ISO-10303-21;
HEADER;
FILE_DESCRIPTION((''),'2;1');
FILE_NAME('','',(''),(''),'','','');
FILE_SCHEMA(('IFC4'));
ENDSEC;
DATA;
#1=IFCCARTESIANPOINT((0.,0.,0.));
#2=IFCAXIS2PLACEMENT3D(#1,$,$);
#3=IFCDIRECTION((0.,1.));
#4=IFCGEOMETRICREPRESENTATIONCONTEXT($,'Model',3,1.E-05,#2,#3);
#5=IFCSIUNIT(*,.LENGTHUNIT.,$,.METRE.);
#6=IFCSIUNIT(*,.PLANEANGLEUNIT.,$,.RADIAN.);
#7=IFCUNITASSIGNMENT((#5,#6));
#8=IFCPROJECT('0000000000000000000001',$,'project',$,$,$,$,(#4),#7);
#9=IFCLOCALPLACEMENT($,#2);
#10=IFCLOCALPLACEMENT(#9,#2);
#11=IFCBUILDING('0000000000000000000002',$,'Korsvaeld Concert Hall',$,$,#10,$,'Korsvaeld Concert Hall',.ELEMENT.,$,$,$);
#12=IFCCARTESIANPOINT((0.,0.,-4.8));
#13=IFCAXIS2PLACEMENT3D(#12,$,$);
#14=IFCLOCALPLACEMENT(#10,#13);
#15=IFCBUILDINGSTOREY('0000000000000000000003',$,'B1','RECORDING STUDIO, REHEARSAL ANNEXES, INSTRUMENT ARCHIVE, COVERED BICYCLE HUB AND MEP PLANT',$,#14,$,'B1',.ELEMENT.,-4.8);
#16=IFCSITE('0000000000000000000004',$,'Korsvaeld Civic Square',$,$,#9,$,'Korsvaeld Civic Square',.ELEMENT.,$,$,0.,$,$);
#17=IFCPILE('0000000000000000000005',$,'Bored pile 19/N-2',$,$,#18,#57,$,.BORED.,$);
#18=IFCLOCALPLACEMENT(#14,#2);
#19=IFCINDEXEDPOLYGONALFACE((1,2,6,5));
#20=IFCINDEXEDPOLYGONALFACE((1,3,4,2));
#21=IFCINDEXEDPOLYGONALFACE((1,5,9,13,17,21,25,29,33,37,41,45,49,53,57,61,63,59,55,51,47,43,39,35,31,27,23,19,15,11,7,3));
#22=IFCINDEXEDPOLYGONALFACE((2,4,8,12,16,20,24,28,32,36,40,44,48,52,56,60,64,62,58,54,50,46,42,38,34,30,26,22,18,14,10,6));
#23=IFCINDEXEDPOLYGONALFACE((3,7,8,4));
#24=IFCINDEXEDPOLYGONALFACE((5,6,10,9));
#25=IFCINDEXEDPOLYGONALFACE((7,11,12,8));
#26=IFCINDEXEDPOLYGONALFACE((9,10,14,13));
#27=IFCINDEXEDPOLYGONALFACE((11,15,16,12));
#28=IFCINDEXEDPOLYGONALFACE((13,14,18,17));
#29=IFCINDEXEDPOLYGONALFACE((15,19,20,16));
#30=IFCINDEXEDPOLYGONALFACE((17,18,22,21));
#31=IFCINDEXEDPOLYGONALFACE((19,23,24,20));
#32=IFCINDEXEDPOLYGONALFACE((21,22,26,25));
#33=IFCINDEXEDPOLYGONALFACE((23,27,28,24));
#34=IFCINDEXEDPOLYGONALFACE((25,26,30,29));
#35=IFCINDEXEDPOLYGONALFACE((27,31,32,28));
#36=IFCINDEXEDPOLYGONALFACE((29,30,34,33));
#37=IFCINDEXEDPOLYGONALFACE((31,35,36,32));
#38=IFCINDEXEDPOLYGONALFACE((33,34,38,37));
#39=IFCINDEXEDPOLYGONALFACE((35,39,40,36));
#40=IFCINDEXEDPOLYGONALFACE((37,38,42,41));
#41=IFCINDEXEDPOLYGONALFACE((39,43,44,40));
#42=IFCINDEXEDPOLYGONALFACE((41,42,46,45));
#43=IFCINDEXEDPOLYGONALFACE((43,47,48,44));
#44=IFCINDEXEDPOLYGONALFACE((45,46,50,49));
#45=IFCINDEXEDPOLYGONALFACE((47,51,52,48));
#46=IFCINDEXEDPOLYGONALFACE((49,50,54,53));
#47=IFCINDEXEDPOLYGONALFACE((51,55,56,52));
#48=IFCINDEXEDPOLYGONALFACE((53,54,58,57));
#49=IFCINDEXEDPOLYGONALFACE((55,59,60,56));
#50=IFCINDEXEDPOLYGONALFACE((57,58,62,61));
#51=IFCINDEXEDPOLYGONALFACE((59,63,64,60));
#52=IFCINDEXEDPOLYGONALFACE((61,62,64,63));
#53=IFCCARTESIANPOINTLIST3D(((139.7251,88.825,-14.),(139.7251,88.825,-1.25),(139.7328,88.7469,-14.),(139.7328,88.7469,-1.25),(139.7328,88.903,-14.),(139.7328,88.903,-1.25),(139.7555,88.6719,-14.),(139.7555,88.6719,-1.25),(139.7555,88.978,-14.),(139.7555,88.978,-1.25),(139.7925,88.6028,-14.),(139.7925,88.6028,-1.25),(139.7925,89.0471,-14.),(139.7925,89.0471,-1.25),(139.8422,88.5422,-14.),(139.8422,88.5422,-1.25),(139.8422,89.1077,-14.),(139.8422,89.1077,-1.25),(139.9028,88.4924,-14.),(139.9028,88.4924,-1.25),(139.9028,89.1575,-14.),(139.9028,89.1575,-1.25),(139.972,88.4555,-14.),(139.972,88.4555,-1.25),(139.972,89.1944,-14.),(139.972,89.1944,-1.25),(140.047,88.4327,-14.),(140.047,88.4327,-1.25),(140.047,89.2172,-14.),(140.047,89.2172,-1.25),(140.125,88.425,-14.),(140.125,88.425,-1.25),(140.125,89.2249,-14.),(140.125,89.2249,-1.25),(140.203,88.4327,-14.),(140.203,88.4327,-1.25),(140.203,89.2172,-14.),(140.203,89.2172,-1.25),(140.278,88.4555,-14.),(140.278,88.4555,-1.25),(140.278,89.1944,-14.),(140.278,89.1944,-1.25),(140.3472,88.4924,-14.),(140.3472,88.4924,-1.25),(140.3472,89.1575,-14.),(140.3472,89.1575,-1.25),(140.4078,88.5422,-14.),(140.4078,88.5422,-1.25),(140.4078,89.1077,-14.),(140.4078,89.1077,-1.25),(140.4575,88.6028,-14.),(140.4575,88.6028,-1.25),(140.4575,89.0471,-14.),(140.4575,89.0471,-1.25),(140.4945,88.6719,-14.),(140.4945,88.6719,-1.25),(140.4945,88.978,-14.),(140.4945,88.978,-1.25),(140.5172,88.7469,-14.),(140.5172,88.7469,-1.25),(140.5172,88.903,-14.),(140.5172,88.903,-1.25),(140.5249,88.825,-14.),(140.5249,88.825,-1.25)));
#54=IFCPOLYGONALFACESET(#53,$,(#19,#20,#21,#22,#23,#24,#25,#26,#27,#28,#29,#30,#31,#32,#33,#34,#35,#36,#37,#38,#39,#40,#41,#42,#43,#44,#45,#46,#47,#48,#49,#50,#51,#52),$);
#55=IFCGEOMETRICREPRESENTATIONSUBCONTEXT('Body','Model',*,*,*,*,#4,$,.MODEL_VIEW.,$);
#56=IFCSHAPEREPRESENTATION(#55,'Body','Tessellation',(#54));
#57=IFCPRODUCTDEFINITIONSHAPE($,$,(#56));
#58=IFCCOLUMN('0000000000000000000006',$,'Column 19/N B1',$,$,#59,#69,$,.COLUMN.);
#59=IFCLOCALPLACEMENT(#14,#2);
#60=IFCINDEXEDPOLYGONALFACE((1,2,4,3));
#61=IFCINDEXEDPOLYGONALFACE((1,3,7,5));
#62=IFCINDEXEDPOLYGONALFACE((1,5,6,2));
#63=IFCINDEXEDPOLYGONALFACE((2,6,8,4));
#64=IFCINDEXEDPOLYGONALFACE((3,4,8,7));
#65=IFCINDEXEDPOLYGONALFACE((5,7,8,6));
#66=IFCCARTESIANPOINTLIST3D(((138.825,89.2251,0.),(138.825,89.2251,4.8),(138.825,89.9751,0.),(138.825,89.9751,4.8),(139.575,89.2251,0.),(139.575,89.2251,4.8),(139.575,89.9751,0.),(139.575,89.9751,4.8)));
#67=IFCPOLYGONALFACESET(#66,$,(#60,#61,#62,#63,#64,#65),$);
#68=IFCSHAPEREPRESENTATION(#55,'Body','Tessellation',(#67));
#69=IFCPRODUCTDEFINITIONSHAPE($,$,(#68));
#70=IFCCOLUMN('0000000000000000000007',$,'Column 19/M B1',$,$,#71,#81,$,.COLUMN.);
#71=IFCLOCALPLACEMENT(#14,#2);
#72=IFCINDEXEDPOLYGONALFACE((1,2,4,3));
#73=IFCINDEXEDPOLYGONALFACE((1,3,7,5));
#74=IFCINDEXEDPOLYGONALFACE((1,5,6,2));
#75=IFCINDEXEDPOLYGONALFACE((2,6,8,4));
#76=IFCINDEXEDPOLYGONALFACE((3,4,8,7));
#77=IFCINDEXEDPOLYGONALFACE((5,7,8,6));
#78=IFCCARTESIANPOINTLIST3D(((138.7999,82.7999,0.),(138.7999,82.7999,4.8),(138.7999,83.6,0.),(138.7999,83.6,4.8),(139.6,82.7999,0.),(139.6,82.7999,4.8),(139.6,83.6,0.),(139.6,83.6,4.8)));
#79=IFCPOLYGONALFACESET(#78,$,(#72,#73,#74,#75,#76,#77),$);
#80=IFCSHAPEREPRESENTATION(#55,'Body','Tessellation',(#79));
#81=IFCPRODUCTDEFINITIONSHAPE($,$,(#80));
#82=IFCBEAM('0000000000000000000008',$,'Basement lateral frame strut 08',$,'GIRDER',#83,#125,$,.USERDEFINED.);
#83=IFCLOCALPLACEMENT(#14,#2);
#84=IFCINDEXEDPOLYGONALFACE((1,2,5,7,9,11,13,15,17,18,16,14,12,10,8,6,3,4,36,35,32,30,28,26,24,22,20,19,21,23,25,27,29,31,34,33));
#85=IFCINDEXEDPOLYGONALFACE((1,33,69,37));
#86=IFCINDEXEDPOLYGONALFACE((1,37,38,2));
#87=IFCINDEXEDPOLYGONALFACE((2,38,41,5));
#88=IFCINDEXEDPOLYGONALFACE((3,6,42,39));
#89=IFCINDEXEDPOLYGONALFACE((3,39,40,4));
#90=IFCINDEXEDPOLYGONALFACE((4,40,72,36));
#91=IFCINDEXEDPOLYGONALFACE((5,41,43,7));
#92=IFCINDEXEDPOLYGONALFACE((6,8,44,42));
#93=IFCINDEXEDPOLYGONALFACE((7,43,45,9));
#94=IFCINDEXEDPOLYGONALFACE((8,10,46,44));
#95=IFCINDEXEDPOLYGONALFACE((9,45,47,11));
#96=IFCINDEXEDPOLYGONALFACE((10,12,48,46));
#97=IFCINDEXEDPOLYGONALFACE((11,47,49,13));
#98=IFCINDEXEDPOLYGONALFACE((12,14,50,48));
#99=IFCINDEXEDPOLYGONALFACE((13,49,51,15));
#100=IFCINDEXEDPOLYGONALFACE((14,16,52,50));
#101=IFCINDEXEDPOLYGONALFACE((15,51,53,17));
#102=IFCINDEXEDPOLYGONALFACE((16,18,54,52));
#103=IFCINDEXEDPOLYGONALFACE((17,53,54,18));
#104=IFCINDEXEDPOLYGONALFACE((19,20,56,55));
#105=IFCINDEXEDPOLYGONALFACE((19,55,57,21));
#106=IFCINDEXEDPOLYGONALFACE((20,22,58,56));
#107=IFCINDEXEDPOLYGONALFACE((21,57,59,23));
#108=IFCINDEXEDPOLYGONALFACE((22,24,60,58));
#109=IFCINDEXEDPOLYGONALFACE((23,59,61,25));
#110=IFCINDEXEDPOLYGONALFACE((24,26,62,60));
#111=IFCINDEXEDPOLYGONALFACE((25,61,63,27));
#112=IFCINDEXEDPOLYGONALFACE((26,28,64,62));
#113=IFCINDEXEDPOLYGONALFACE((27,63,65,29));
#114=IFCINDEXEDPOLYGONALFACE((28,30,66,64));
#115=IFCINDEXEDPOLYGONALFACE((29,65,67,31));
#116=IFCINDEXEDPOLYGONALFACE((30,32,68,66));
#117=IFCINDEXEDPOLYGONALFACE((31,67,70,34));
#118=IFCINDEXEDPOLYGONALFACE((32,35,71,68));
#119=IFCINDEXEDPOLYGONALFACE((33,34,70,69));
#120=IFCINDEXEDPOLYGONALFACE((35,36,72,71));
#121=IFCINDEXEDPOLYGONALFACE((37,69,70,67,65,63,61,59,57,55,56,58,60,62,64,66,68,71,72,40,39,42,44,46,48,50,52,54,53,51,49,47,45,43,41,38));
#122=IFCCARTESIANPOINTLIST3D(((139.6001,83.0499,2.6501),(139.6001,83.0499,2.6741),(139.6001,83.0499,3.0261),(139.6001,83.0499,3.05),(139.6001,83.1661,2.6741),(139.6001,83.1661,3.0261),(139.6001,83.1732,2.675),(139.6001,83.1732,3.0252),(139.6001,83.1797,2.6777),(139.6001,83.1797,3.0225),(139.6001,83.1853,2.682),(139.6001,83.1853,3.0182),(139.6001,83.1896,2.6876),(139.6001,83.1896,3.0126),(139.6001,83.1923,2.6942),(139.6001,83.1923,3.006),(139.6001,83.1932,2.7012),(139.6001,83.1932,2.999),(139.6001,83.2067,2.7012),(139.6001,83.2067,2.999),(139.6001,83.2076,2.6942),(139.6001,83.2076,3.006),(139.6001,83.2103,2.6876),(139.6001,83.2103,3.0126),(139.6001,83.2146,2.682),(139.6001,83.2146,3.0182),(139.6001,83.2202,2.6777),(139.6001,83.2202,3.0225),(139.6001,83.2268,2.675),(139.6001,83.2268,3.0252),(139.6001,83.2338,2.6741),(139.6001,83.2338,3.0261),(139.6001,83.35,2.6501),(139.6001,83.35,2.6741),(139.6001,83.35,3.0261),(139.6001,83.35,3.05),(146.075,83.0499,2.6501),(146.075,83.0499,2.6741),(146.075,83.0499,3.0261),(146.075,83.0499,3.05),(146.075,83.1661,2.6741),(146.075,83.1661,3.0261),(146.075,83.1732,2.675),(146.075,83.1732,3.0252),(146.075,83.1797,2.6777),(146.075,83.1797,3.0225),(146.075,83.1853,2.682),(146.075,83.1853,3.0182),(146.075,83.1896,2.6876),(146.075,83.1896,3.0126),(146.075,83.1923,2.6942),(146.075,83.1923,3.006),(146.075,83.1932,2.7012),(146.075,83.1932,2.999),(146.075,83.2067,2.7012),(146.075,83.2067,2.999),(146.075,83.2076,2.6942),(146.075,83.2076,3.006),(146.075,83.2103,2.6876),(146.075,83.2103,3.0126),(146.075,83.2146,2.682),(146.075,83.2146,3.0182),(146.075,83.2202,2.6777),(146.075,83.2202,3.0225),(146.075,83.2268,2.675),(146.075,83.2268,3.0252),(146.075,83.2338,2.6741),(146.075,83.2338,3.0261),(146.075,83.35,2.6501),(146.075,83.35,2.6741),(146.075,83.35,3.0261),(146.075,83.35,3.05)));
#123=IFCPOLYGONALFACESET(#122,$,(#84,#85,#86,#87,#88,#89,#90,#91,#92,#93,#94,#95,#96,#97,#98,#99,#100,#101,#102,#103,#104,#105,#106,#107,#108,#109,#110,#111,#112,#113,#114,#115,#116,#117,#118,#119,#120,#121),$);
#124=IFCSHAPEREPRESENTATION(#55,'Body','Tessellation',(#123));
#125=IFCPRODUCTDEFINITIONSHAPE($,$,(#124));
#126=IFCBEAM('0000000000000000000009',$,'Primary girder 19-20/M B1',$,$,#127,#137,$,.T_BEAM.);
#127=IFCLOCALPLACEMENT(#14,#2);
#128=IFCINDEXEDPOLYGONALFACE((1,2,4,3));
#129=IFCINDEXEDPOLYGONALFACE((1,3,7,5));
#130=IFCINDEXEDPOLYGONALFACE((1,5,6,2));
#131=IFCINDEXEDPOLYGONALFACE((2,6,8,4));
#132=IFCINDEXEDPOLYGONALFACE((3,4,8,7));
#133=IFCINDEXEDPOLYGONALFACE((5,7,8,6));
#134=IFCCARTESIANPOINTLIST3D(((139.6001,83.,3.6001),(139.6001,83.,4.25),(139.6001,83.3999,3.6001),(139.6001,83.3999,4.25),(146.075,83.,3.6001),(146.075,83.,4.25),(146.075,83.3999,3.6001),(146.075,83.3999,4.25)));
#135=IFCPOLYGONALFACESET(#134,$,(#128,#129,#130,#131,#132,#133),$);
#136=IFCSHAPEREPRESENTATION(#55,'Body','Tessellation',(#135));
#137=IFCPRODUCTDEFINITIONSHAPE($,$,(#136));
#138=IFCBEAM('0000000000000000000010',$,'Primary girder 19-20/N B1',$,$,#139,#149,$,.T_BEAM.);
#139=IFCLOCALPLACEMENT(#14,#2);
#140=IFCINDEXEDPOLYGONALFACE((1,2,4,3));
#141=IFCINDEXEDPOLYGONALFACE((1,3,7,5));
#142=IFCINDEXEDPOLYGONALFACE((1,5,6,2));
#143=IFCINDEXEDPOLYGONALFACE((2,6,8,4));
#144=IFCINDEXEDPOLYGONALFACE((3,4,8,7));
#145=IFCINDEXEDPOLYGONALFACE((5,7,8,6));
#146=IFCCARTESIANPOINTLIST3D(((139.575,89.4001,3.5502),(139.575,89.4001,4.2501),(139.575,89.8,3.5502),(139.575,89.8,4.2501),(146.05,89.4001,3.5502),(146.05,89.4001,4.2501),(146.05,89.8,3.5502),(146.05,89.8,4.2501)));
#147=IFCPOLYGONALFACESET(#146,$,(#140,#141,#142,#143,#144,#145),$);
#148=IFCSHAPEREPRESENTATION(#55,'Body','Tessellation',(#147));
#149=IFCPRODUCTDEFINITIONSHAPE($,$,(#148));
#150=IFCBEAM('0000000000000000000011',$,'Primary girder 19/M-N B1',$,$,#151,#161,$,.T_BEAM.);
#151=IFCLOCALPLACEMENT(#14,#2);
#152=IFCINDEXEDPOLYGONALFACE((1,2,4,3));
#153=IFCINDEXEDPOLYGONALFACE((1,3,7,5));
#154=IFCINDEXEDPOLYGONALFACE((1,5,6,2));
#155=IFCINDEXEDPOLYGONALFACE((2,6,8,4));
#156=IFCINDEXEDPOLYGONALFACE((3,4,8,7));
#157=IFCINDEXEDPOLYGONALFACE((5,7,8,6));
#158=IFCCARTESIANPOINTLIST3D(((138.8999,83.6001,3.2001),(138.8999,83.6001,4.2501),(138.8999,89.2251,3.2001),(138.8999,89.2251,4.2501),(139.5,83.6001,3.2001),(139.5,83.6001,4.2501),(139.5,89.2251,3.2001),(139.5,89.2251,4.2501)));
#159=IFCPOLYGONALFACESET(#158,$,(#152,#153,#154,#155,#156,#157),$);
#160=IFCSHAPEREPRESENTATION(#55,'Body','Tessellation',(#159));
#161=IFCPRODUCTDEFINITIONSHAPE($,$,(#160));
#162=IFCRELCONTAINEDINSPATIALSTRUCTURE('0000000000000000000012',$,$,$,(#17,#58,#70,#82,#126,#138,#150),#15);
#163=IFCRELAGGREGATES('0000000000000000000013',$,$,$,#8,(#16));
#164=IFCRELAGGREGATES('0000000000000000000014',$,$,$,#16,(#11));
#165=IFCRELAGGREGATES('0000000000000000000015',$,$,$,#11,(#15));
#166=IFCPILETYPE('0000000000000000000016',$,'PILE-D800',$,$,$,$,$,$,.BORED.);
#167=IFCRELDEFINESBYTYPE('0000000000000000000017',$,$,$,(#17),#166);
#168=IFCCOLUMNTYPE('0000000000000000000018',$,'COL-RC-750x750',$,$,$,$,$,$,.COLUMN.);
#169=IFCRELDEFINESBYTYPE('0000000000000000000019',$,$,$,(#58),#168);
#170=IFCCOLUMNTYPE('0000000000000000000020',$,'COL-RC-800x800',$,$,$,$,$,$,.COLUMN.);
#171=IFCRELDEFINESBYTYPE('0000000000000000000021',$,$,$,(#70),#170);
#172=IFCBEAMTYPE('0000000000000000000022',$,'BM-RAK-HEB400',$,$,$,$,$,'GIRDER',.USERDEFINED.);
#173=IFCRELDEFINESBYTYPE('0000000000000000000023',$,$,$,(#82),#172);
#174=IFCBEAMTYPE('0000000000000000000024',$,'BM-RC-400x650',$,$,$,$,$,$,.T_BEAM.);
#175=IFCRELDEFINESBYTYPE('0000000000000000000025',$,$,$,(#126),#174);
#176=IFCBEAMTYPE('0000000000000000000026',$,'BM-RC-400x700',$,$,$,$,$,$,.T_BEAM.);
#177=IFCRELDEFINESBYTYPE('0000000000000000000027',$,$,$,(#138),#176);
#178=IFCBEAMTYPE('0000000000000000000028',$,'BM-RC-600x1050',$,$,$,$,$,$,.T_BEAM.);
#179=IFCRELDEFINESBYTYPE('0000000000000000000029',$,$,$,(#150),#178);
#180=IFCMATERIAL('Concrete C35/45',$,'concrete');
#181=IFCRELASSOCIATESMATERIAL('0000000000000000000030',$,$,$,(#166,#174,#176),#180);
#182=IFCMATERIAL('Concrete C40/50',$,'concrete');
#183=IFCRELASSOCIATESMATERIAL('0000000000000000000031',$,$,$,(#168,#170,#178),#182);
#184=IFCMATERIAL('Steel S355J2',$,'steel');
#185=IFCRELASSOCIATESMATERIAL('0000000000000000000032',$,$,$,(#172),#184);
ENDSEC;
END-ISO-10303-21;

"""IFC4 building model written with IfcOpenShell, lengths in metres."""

from ifc_helpers import new_model, si_unit, direction, frame, origin, origin_2d, place, context, subcontext, project, spatial, rectangle, circle, i_section, extrude, material, material_profile, profile_set, type_object, element, save


model = new_model("IFC4")

# Units and contexts
model_context = context("Model", 3, precision=1e-05, world=origin(), true_north=direction((0.0, 1.0)))
body_context = subcontext(model_context, "Body", "Model", "MODEL_VIEW")
ifc_project = project(units=[si_unit("LENGTHUNIT", "METRE"), si_unit("PLANEANGLEUNIT", "RADIAN")], contexts=[model_context])

# Site, building, storey
site_placement = place(None, origin())
site = spatial("IfcSite", under=ifc_project, at=site_placement, Name="Korsvaeld Civic Square", LongName="Korsvaeld Civic Square", CompositionType="ELEMENT", RefElevation=0.0)
building_placement = place(site_placement, origin())
building = spatial("IfcBuilding", under=site, at=building_placement, Name="Korsvaeld Concert Hall", LongName="Korsvaeld Concert Hall", CompositionType="ELEMENT")
storey_placement = place(building_placement, frame((0.0, 0.0, -4.8)))
storey = spatial("IfcBuildingStorey", under=building, at=storey_placement, Name="B1", Description="RECORDING STUDIO, REHEARSAL ANNEXES, INSTRUMENT ARCHIVE, COVERED BICYCLE HUB AND MEP PLANT", LongName="B1", CompositionType="ELEMENT", Elevation=-4.8)

# Shared definitions
ifc_material_1 = material(Name="Concrete C35/45", Category="concrete")

# Pile
ifc_material_profile_1 = material_profile(ifc_material_1, circle(Radius=0.3999, at=origin_2d()), Name="BORED PILE D800")
ifc_profile_set_1 = profile_set([ifc_material_profile_1], Name="Concrete C35/45")
pile_type_1 = type_object("IfcPileType", Name="PILE-D800", PredefinedType="BORED", material=ifc_profile_set_1)
for number, where, z_axis, x_axis, name in (
    (1, (140.125, 88.825, -1.25), (0.0, 0.0, -1.0), (1.0, 0.0, 0.0), "Bored pile 19/N-2"),
):
    element("IfcPile", number, at=place(storey_placement, frame(where, z_axis=z_axis, x_axis=x_axis)), inside=storey, type_object=pile_type_1, Name=name, PredefinedType="BORED", context=body_context, shape_type="SweptSolid", body=[
        extrude(circle(Radius=0.3999, at=origin_2d()), origin(), (0.0, 0.0, 1.0), 12.75),
    ])

# Columns
ifc_material_2 = material(Name="Concrete C40/50", Category="concrete")
ifc_material_profile_2 = material_profile(ifc_material_2, rectangle(XDim=0.75, YDim=0.75, at=origin_2d()), Name="RC 750x750")
ifc_profile_set_2 = profile_set([ifc_material_profile_2], Name="Concrete C40/50")
column_type_1 = type_object("IfcColumnType", Name="COL-RC-750x750", PredefinedType="COLUMN", material=ifc_profile_set_2)
column_1_placement = place(storey_placement, frame((139.2, 89.6001, 0.0), z_axis=(0.0, 0.0, 1.0), x_axis=(1.0, 0.0, 0.0)))
element("IfcColumn", 2, at=column_1_placement, inside=storey, type_object=column_type_1, Name="Column 19/N B1", PredefinedType="COLUMN", context=body_context, shape_type="SweptSolid", body=[
    extrude(rectangle(XDim=0.75, YDim=0.75, at=origin_2d()), origin(), (0.0, 0.0, 1.0), 4.8),
])
ifc_material_profile_3 = material_profile(ifc_material_2, rectangle(XDim=0.8, YDim=0.8, at=origin_2d()), Name="RC 800x800")
ifc_profile_set_3 = profile_set([ifc_material_profile_3], Name="Concrete C40/50")
column_type_2 = type_object("IfcColumnType", Name="COL-RC-800x800", PredefinedType="COLUMN", material=ifc_profile_set_3)
column_2_placement = place(storey_placement, frame((139.2, 83.2, 0.0), z_axis=(0.0, 0.0, 1.0), x_axis=(1.0, 0.0, 0.0)))
element("IfcColumn", 3, at=column_2_placement, inside=storey, type_object=column_type_2, Name="Column 19/M B1", PredefinedType="COLUMN", context=body_context, shape_type="SweptSolid", body=[
    extrude(rectangle(XDim=0.8, YDim=0.8, at=origin_2d()), origin(), (0.0, 0.0, 1.0), 4.8),
])

# Beams
ifc_material_3 = material(Name="Steel S355J2", Category="steel")
ifc_material_profile_4 = material_profile(ifc_material_3, i_section(OverallWidth=0.3, OverallDepth=0.3999, WebThickness=0.0134, FlangeThickness=0.0239, FilletRadius=0.0271, at=origin_2d()), Name="HEB 400")
ifc_profile_set_4 = profile_set([ifc_material_profile_4], Name="Steel S355J2")
beam_type_1 = type_object("IfcBeamType", Name="BM-RAK-HEB400", ElementType="GIRDER", PredefinedType="USERDEFINED", material=ifc_profile_set_4)
beam_1_placement = place(storey_placement, frame((139.6001, 83.2, 2.8501), z_axis=(1.0, 0.0, 0.0), x_axis=(0.0, 1.0, 0.0)))
element("IfcBeam", 4, at=beam_1_placement, inside=storey, type_object=beam_type_1, Name="Basement lateral frame strut 08", ObjectType="GIRDER", PredefinedType="USERDEFINED", context=body_context, shape_type="SweptSolid", body=[
    extrude(i_section(OverallWidth=0.3, OverallDepth=0.3999, WebThickness=0.0134, FlangeThickness=0.0239, FilletRadius=0.0271, at=origin_2d()), origin(), (0.0, 0.0, 1.0), 6.4749),
])
ifc_material_profile_5 = material_profile(ifc_material_1, rectangle(XDim=0.3999, YDim=0.6499, at=origin_2d()), Name="RC 400x650")
ifc_profile_set_5 = profile_set([ifc_material_profile_5], Name="Concrete C35/45")
beam_type_2 = type_object("IfcBeamType", Name="BM-RC-400x650", PredefinedType="T_BEAM", material=ifc_profile_set_5)
beam_2_placement = place(storey_placement, frame((139.6001, 83.2, 3.925), z_axis=(1.0, 0.0, 0.0), x_axis=(0.0, 1.0, 0.0)))
element("IfcBeam", 5, at=beam_2_placement, inside=storey, type_object=beam_type_2, Name="Primary girder 19-20/M B1", PredefinedType="T_BEAM", context=body_context, shape_type="SweptSolid", body=[
    extrude(rectangle(XDim=0.3999, YDim=0.6499, at=origin_2d()), origin(), (0.0, 0.0, 1.0), 6.4749),
])
ifc_material_profile_6 = material_profile(ifc_material_1, rectangle(XDim=0.3999, YDim=0.7, at=origin_2d()), Name="RC 400x700")
ifc_profile_set_6 = profile_set([ifc_material_profile_6], Name="Concrete C35/45")
beam_type_3 = type_object("IfcBeamType", Name="BM-RC-400x700", PredefinedType="T_BEAM", material=ifc_profile_set_6)
beam_3_placement = place(storey_placement, frame((139.575, 89.6001, 3.9001), z_axis=(1.0, 0.0, 0.0), x_axis=(0.0, 1.0, 0.0)))
element("IfcBeam", 6, at=beam_3_placement, inside=storey, type_object=beam_type_3, Name="Primary girder 19-20/N B1", PredefinedType="T_BEAM", context=body_context, shape_type="SweptSolid", body=[
    extrude(rectangle(XDim=0.3999, YDim=0.7, at=origin_2d()), origin(), (0.0, 0.0, 1.0), 6.4751),
])
ifc_material_profile_7 = material_profile(ifc_material_2, rectangle(XDim=0.6001, YDim=1.05, at=origin_2d()), Name="RC 600x1050")
ifc_profile_set_7 = profile_set([ifc_material_profile_7], Name="Concrete C40/50")
beam_type_4 = type_object("IfcBeamType", Name="BM-RC-600x1050", PredefinedType="T_BEAM", material=ifc_profile_set_7)
beam_4_placement = place(storey_placement, frame((139.2, 83.6001, 3.7251), z_axis=(0.0, 1.0, 0.0), x_axis=(-1.0, 0.0, 0.0)))
element("IfcBeam", 7, at=beam_4_placement, inside=storey, type_object=beam_type_4, Name="Primary girder 19/M-N B1", PredefinedType="T_BEAM", context=body_context, shape_type="SweptSolid", body=[
    extrude(rectangle(XDim=0.6001, YDim=1.05, at=origin_2d()), origin(), (0.0, 0.0, 1.0), 5.625),
])

save(model, "model.ifc")
